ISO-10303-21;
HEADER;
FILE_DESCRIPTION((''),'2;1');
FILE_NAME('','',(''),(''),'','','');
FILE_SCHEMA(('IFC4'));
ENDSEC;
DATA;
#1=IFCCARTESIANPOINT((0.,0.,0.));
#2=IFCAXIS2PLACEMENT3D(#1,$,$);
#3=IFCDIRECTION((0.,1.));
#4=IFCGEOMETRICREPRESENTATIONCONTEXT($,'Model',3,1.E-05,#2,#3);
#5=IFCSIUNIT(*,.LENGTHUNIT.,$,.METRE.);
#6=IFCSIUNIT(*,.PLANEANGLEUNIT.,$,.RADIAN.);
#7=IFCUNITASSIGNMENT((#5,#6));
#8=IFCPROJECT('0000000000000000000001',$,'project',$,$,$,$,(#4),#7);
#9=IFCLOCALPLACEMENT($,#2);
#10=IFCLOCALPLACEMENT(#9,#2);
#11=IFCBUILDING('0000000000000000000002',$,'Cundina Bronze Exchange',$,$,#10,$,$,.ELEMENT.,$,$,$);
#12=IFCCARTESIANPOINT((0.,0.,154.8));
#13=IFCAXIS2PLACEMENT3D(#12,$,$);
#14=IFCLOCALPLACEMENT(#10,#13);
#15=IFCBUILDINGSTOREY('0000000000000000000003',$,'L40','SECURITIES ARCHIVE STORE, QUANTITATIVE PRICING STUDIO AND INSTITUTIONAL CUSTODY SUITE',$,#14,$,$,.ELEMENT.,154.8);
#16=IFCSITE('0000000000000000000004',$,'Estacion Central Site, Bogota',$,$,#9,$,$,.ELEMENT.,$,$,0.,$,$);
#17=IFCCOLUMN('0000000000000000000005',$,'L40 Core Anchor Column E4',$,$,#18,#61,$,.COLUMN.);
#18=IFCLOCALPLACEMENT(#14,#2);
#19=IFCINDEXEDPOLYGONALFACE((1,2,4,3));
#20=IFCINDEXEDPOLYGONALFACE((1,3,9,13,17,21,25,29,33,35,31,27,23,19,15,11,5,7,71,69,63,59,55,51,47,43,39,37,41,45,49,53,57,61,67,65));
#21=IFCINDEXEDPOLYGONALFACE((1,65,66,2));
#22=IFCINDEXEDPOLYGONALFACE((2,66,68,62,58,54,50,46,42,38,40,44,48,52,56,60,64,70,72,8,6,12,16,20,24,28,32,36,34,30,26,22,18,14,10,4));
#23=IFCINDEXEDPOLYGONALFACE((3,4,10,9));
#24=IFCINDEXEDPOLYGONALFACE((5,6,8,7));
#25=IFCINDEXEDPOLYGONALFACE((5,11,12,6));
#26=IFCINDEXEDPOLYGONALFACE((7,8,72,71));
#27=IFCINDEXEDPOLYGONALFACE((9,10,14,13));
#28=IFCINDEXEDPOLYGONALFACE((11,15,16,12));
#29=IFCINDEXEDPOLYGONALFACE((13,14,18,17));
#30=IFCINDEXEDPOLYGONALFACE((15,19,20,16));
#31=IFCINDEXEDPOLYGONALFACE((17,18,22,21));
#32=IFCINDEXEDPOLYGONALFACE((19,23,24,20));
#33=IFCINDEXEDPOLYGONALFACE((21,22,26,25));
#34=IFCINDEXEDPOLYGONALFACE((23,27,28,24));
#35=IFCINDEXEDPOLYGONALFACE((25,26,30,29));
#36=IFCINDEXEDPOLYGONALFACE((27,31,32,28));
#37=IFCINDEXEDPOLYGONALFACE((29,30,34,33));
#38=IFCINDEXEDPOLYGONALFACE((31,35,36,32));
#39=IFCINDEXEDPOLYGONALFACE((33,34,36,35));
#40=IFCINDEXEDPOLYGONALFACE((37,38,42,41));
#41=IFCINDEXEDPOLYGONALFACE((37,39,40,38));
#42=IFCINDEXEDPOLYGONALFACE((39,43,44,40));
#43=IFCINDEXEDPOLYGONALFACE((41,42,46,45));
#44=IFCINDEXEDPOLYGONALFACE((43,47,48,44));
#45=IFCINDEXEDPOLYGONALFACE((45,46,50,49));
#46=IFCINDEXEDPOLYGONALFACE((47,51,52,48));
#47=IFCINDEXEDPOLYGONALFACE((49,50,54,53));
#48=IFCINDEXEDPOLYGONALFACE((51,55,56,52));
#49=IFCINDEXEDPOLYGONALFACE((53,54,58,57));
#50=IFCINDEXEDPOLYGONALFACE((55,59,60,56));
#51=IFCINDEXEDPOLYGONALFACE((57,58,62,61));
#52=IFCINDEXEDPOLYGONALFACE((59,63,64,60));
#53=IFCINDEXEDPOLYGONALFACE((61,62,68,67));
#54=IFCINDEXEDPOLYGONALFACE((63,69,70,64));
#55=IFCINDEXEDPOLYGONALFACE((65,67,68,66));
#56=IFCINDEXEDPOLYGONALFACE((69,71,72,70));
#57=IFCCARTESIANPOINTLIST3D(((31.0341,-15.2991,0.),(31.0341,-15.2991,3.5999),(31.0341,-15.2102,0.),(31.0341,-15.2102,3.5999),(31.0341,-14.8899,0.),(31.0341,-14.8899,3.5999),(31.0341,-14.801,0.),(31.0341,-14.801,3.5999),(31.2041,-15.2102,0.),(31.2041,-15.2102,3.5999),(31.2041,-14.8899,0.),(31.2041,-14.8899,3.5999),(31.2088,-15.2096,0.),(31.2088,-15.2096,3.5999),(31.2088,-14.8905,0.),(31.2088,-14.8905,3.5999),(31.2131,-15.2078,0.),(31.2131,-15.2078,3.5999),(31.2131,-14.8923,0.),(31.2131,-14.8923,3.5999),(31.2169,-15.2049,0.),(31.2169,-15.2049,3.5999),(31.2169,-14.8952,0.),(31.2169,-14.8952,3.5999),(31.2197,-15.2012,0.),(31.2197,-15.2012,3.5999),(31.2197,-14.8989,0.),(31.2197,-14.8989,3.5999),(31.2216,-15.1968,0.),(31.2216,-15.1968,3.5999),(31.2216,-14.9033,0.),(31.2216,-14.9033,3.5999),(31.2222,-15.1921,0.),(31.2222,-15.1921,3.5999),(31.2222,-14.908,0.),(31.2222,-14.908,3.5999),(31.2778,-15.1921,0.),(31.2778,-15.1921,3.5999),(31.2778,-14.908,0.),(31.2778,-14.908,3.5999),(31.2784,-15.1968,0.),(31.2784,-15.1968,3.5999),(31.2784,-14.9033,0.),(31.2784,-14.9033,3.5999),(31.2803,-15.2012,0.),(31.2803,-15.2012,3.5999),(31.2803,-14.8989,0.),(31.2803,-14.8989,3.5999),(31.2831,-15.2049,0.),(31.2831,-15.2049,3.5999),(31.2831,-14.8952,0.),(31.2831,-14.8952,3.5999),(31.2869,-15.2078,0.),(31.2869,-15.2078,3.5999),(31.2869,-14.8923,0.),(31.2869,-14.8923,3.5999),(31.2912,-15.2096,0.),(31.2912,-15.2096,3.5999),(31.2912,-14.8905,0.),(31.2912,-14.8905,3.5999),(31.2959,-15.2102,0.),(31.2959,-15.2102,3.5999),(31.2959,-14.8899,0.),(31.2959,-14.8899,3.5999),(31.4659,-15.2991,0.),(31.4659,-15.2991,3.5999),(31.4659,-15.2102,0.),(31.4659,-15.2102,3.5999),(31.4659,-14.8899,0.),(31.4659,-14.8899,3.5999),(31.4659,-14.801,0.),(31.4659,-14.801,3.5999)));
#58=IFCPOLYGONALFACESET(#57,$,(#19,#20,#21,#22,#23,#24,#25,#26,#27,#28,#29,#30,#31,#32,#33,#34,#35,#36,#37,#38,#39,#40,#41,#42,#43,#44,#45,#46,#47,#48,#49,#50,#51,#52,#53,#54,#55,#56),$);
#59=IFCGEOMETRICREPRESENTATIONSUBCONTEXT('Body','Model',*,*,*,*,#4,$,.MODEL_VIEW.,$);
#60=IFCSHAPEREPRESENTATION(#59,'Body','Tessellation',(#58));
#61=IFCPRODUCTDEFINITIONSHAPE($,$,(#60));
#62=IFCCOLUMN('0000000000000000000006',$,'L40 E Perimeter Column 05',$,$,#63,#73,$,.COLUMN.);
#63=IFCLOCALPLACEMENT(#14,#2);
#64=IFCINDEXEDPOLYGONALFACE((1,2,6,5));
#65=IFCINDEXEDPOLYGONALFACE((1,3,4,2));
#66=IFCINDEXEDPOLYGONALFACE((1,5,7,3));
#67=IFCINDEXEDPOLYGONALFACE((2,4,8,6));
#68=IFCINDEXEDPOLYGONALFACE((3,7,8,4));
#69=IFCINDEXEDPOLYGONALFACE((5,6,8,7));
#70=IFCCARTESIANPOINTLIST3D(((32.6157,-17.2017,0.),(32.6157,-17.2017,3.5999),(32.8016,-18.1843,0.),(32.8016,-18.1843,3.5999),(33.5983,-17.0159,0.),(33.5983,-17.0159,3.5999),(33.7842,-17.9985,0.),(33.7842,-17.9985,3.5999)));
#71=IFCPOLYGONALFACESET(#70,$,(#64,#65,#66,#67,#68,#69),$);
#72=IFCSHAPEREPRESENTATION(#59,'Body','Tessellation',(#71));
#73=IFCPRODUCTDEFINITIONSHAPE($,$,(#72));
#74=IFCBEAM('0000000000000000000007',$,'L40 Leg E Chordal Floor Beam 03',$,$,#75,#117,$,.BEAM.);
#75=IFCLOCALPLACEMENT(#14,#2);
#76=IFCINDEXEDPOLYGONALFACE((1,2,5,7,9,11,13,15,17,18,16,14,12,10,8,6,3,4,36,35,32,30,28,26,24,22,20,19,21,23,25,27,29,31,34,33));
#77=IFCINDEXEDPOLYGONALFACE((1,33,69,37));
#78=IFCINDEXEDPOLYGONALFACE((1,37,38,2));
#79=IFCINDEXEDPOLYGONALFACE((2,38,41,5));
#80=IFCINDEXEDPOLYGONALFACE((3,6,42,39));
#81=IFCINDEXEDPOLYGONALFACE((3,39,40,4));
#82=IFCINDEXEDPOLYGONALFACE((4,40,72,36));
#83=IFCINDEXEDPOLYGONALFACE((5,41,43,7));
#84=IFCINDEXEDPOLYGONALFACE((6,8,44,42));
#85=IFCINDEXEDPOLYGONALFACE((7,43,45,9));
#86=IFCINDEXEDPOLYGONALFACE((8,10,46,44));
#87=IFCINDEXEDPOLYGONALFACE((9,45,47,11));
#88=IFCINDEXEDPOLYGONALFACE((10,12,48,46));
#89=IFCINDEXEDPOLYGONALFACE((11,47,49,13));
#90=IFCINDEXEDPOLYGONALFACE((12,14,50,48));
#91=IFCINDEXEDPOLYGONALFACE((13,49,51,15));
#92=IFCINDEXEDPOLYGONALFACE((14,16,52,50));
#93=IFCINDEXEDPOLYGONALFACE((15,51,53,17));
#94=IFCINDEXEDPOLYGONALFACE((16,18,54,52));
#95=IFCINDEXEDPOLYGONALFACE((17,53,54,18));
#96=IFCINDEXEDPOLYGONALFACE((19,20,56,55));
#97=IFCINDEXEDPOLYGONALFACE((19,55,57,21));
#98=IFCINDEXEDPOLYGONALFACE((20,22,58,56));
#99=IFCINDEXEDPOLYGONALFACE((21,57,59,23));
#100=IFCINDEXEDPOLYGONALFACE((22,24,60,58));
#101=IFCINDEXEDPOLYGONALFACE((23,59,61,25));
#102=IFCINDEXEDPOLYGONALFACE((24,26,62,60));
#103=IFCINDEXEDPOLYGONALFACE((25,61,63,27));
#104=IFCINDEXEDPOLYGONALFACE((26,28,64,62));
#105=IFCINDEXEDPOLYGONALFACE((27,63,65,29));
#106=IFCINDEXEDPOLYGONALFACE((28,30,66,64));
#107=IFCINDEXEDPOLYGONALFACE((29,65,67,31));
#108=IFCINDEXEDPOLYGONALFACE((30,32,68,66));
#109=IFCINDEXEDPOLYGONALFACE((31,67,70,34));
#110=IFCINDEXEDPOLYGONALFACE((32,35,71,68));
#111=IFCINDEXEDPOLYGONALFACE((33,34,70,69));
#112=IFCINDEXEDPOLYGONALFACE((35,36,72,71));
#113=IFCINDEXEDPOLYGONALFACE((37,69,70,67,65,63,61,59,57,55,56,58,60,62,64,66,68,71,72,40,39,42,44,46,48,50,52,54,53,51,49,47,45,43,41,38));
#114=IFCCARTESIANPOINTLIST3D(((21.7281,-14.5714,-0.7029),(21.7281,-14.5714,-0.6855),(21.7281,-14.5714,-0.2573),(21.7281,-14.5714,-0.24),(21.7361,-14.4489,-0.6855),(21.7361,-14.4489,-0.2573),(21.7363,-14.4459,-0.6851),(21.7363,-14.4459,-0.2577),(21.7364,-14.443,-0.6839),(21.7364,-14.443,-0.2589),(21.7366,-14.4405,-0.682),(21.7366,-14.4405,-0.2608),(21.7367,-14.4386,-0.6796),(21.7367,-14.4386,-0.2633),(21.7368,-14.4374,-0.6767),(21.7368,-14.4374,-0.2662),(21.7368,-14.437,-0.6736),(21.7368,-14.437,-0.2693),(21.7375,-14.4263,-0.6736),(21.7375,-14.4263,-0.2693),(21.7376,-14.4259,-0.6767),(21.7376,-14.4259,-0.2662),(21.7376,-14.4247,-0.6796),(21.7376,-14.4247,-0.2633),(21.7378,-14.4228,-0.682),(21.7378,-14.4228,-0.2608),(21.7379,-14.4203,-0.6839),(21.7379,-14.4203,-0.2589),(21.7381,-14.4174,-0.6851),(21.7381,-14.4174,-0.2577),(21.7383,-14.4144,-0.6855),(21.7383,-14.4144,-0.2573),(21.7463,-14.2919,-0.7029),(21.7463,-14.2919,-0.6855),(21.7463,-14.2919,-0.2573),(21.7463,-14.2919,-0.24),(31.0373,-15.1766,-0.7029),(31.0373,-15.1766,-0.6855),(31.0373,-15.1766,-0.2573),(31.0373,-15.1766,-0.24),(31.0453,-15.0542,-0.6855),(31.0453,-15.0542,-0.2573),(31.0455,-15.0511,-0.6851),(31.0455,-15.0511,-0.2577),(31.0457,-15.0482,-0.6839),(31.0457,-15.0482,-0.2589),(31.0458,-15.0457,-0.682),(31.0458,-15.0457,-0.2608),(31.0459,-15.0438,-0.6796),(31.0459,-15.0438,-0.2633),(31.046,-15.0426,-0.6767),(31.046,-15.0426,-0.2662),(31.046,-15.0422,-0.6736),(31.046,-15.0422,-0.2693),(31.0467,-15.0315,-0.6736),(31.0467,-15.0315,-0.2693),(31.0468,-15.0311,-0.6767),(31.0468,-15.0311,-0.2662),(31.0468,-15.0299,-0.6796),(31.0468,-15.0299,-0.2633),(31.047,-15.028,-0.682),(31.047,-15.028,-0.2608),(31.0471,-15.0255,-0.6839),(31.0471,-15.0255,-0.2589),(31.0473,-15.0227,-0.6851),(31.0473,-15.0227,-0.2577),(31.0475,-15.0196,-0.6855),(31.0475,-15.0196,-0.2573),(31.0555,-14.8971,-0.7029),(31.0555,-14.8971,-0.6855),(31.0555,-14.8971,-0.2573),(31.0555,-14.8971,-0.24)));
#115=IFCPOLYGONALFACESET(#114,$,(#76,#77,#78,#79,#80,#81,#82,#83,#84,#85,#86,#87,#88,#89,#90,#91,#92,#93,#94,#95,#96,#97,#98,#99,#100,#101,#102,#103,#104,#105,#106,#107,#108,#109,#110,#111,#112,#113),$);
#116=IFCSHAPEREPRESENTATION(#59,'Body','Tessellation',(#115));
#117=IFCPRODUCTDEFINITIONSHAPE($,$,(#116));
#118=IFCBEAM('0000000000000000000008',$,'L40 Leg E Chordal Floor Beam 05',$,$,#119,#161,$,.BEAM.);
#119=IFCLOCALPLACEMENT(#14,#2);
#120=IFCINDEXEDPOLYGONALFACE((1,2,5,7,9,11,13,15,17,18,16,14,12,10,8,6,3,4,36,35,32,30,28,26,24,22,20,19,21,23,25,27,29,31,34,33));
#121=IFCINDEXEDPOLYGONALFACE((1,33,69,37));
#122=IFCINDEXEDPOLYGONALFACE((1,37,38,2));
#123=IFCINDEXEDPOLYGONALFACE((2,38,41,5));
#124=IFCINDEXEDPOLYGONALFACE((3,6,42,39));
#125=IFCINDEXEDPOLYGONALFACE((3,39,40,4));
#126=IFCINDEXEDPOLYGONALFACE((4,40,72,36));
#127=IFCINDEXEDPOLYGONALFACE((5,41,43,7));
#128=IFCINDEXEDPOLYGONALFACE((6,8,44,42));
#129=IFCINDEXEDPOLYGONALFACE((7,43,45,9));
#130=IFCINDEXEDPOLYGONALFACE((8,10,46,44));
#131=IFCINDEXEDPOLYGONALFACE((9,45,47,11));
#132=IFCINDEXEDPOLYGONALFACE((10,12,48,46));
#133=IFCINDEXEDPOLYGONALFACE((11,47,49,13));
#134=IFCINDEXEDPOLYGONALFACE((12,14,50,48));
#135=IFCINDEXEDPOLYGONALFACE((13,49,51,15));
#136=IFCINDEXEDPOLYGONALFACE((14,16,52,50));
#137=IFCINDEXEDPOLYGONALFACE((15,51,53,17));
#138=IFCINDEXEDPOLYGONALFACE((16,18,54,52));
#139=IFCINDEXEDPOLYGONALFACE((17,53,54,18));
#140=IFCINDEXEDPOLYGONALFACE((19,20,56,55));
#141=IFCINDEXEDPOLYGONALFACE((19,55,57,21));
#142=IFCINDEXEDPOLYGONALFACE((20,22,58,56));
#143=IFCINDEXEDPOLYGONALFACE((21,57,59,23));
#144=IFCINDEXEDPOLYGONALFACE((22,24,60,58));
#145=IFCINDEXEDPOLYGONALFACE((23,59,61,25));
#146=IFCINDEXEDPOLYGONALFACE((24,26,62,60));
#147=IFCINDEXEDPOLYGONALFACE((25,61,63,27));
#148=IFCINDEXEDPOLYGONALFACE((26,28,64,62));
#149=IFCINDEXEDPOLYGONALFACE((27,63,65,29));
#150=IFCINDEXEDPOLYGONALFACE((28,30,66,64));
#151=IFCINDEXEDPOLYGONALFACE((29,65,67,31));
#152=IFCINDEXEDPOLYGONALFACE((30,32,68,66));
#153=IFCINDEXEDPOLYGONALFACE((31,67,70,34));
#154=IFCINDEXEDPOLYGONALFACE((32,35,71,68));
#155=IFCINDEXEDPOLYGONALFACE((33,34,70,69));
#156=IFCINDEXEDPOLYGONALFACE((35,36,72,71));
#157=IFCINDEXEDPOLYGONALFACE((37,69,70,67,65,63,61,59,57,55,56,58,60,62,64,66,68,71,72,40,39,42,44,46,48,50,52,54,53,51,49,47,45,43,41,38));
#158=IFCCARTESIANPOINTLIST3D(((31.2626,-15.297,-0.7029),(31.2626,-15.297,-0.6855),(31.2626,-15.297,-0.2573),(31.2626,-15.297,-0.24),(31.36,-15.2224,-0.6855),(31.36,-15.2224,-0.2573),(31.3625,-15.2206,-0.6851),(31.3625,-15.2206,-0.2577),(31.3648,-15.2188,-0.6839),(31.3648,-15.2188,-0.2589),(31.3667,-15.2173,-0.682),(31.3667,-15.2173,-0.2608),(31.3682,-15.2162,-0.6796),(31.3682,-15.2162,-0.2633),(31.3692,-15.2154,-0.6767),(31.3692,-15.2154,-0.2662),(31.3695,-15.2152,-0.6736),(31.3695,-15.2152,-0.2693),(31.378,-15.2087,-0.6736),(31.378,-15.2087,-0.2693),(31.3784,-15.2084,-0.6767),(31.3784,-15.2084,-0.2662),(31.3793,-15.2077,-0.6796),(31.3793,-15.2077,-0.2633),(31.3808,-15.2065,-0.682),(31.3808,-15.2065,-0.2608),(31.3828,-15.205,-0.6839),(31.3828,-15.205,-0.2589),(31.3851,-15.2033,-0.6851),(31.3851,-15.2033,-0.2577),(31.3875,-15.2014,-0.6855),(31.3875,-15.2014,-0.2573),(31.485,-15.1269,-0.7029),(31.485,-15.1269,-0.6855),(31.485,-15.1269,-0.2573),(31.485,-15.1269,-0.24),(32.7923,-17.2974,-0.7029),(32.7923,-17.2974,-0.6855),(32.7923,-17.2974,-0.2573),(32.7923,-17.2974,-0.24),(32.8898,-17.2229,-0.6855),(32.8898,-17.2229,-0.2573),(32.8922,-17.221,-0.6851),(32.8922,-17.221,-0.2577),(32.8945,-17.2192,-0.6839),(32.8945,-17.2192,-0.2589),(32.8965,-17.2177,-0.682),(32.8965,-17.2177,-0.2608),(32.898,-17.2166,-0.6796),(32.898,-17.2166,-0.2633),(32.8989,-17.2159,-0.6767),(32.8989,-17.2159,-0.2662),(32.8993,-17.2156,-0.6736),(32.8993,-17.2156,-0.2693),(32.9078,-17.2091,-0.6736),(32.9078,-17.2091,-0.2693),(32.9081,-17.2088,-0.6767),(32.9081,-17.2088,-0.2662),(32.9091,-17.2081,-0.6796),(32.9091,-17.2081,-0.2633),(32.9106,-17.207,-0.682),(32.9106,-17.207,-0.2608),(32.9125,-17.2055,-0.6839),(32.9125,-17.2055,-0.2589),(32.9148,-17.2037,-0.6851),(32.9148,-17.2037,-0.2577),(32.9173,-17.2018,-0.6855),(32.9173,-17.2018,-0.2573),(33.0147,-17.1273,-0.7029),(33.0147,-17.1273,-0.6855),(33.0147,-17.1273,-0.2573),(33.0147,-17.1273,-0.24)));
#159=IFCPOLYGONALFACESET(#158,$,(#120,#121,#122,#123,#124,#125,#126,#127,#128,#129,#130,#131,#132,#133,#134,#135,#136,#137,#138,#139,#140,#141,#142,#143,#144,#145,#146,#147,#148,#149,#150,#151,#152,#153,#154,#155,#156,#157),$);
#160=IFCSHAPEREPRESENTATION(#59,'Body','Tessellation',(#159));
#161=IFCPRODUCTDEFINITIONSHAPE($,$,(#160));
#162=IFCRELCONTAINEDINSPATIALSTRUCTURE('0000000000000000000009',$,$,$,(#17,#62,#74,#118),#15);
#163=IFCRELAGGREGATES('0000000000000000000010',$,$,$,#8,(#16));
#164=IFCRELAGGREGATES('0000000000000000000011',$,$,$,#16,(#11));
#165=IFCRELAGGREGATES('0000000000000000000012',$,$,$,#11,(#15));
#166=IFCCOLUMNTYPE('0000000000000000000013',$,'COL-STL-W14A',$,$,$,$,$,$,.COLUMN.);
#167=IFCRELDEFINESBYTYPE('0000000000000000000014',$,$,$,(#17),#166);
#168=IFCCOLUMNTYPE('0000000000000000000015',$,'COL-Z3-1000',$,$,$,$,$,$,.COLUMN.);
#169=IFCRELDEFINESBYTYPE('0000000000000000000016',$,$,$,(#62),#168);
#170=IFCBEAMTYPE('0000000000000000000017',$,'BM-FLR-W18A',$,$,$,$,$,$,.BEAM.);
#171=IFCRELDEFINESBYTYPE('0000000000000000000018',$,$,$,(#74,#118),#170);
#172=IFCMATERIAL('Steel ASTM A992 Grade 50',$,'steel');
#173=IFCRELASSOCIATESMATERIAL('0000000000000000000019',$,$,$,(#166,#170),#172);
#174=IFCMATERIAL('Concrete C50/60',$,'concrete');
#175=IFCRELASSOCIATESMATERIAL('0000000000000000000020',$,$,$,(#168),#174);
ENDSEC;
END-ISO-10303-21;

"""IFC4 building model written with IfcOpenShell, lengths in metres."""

from ifc_helpers import new_model, si_unit, direction, frame, origin, origin_2d, place, context, subcontext, project, spatial, rectangle, i_section, extrude, material, material_profile, profile_set, type_object, element, save


model = new_model("IFC4")

# Units and contexts
model_context = context("Model", 3, precision=1e-05, world=origin(), true_north=direction((0.0, 1.0)))
body_context = subcontext(model_context, "Body", "Model", "MODEL_VIEW")
ifc_project = project(units=[si_unit("LENGTHUNIT", "METRE"), si_unit("PLANEANGLEUNIT", "RADIAN")], contexts=[model_context])

# Site, building, storey
site_placement = place(None, origin())
site = spatial("IfcSite", under=ifc_project, at=site_placement, Name="Estacion Central Site, Bogota", CompositionType="ELEMENT", RefElevation=0.0)
building_placement = place(site_placement, origin())
building = spatial("IfcBuilding", under=site, at=building_placement, Name="Cundina Bronze Exchange", CompositionType="ELEMENT")
storey_placement = place(building_placement, frame((0.0, 0.0, 154.8)))
storey = spatial("IfcBuildingStorey", under=building, at=storey_placement, Name="L40", Description="SECURITIES ARCHIVE STORE, QUANTITATIVE PRICING STUDIO AND INSTITUTIONAL CUSTODY SUITE", CompositionType="ELEMENT", Elevation=154.8)

# Columns
ifc_material_1 = material(Name="Steel ASTM A992 Grade 50", Category="steel")
ifc_material_profile_1 = material_profile(ifc_material_1, i_section(OverallWidth=0.4319, OverallDepth=0.498, WebThickness=0.0557, FlangeThickness=0.0889, FilletRadius=0.0181, at=origin_2d()), Name="W14X500", Category="steel")
ifc_profile_set_1 = profile_set([ifc_material_profile_1], Name="Steel ASTM A992 Grade 50")
column_type_1 = type_object("IfcColumnType", Name="COL-STL-W14A", PredefinedType="COLUMN", material=ifc_profile_set_1)
column_1_placement = place(storey_placement, frame((31.25, -15.05, 0.0), z_axis=(0.0, 0.0, 1.0), x_axis=(1.0, 0.0, 0.0)))
element("IfcColumn", 1, at=column_1_placement, inside=storey, type_object=column_type_1, Name="L40 Core Anchor Column E4", PredefinedType="COLUMN", context=body_context, shape_type="SweptSolid", body=[
    extrude(i_section(OverallWidth=0.4319, OverallDepth=0.498, WebThickness=0.0557, FlangeThickness=0.0889, FilletRadius=0.0181, at=origin_2d()), origin(), (0.0, 0.0, 1.0), 3.5999),
])
ifc_material_2 = material(Name="Concrete C50/60", Category="concrete")
ifc_material_profile_2 = material_profile(ifc_material_2, rectangle(XDim=1.0, YDim=1.0, at=origin_2d()), Name="RC1000X1000", Category="concrete")
ifc_profile_set_2 = profile_set([ifc_material_profile_2], Name="Concrete C50/60")
column_type_2 = type_object("IfcColumnType", Name="COL-Z3-1000", PredefinedType="COLUMN", material=ifc_profile_set_2)
column_2_placement = place(storey_placement, frame((33.2, -17.6001, 0.0), z_axis=(0.0, 0.0, 1.0), x_axis=(0.98258, 0.185838, 0.0)))
element("IfcColumn", 2, at=column_2_placement, inside=storey, type_object=column_type_2, Name="L40 E Perimeter Column 05", PredefinedType="COLUMN", context=body_context, shape_type="SweptSolid", body=[
    extrude(rectangle(XDim=1.0, YDim=1.0, at=origin_2d()), origin(), (0.0, 0.0, 1.0), 3.5999),
])

# Beams
ifc_material_profile_3 = material_profile(ifc_material_1, i_section(OverallWidth=0.28, OverallDepth=0.4629, WebThickness=0.0107, FlangeThickness=0.0173, FilletRadius=0.012, at=origin_2d()), Name="W18X76", Category="steel")
ifc_profile_set_3 = profile_set([ifc_material_profile_3], Name="Steel ASTM A992 Grade 50")
beam_type_1 = type_object("IfcBeamType", Name="BM-FLR-W18A", PredefinedType="BEAM", material=ifc_profile_set_3)
beam_1_placement = place(storey_placement, frame((31.0464, -15.0369, -0.4714), z_axis=(-0.997893, 0.064876, 0.0), x_axis=(-0.064876, -0.997893, 0.0)))
element("IfcBeam", 3, at=beam_1_placement, inside=storey, type_object=beam_type_1, Name="L40 Leg E Chordal Floor Beam 03", PredefinedType="BEAM", context=body_context, shape_type="SweptSolid", body=[
    extrude(i_section(OverallWidth=0.28, OverallDepth=0.4629, WebThickness=0.0107, FlangeThickness=0.0173, FilletRadius=0.012, at=origin_2d()), origin(), (0.0, 0.0, 1.0), 9.3289),
])
beam_2_placement = place(storey_placement, frame((31.3738, -15.2119, -0.4714), z_axis=(0.60745, -0.794358, 0.0), x_axis=(0.794358, 0.60745, 0.0)))
element("IfcBeam", 4, at=beam_2_placement, inside=storey, type_object=beam_type_1, Name="L40 Leg E Chordal Floor Beam 05", PredefinedType="BEAM", context=body_context, shape_type="SweptSolid", body=[
    extrude(i_section(OverallWidth=0.28, OverallDepth=0.4629, WebThickness=0.0107, FlangeThickness=0.0173, FilletRadius=0.012, at=origin_2d()), origin(), (0.0, 0.0, 1.0), 2.5183),
])

save(model, "model.ifc")
